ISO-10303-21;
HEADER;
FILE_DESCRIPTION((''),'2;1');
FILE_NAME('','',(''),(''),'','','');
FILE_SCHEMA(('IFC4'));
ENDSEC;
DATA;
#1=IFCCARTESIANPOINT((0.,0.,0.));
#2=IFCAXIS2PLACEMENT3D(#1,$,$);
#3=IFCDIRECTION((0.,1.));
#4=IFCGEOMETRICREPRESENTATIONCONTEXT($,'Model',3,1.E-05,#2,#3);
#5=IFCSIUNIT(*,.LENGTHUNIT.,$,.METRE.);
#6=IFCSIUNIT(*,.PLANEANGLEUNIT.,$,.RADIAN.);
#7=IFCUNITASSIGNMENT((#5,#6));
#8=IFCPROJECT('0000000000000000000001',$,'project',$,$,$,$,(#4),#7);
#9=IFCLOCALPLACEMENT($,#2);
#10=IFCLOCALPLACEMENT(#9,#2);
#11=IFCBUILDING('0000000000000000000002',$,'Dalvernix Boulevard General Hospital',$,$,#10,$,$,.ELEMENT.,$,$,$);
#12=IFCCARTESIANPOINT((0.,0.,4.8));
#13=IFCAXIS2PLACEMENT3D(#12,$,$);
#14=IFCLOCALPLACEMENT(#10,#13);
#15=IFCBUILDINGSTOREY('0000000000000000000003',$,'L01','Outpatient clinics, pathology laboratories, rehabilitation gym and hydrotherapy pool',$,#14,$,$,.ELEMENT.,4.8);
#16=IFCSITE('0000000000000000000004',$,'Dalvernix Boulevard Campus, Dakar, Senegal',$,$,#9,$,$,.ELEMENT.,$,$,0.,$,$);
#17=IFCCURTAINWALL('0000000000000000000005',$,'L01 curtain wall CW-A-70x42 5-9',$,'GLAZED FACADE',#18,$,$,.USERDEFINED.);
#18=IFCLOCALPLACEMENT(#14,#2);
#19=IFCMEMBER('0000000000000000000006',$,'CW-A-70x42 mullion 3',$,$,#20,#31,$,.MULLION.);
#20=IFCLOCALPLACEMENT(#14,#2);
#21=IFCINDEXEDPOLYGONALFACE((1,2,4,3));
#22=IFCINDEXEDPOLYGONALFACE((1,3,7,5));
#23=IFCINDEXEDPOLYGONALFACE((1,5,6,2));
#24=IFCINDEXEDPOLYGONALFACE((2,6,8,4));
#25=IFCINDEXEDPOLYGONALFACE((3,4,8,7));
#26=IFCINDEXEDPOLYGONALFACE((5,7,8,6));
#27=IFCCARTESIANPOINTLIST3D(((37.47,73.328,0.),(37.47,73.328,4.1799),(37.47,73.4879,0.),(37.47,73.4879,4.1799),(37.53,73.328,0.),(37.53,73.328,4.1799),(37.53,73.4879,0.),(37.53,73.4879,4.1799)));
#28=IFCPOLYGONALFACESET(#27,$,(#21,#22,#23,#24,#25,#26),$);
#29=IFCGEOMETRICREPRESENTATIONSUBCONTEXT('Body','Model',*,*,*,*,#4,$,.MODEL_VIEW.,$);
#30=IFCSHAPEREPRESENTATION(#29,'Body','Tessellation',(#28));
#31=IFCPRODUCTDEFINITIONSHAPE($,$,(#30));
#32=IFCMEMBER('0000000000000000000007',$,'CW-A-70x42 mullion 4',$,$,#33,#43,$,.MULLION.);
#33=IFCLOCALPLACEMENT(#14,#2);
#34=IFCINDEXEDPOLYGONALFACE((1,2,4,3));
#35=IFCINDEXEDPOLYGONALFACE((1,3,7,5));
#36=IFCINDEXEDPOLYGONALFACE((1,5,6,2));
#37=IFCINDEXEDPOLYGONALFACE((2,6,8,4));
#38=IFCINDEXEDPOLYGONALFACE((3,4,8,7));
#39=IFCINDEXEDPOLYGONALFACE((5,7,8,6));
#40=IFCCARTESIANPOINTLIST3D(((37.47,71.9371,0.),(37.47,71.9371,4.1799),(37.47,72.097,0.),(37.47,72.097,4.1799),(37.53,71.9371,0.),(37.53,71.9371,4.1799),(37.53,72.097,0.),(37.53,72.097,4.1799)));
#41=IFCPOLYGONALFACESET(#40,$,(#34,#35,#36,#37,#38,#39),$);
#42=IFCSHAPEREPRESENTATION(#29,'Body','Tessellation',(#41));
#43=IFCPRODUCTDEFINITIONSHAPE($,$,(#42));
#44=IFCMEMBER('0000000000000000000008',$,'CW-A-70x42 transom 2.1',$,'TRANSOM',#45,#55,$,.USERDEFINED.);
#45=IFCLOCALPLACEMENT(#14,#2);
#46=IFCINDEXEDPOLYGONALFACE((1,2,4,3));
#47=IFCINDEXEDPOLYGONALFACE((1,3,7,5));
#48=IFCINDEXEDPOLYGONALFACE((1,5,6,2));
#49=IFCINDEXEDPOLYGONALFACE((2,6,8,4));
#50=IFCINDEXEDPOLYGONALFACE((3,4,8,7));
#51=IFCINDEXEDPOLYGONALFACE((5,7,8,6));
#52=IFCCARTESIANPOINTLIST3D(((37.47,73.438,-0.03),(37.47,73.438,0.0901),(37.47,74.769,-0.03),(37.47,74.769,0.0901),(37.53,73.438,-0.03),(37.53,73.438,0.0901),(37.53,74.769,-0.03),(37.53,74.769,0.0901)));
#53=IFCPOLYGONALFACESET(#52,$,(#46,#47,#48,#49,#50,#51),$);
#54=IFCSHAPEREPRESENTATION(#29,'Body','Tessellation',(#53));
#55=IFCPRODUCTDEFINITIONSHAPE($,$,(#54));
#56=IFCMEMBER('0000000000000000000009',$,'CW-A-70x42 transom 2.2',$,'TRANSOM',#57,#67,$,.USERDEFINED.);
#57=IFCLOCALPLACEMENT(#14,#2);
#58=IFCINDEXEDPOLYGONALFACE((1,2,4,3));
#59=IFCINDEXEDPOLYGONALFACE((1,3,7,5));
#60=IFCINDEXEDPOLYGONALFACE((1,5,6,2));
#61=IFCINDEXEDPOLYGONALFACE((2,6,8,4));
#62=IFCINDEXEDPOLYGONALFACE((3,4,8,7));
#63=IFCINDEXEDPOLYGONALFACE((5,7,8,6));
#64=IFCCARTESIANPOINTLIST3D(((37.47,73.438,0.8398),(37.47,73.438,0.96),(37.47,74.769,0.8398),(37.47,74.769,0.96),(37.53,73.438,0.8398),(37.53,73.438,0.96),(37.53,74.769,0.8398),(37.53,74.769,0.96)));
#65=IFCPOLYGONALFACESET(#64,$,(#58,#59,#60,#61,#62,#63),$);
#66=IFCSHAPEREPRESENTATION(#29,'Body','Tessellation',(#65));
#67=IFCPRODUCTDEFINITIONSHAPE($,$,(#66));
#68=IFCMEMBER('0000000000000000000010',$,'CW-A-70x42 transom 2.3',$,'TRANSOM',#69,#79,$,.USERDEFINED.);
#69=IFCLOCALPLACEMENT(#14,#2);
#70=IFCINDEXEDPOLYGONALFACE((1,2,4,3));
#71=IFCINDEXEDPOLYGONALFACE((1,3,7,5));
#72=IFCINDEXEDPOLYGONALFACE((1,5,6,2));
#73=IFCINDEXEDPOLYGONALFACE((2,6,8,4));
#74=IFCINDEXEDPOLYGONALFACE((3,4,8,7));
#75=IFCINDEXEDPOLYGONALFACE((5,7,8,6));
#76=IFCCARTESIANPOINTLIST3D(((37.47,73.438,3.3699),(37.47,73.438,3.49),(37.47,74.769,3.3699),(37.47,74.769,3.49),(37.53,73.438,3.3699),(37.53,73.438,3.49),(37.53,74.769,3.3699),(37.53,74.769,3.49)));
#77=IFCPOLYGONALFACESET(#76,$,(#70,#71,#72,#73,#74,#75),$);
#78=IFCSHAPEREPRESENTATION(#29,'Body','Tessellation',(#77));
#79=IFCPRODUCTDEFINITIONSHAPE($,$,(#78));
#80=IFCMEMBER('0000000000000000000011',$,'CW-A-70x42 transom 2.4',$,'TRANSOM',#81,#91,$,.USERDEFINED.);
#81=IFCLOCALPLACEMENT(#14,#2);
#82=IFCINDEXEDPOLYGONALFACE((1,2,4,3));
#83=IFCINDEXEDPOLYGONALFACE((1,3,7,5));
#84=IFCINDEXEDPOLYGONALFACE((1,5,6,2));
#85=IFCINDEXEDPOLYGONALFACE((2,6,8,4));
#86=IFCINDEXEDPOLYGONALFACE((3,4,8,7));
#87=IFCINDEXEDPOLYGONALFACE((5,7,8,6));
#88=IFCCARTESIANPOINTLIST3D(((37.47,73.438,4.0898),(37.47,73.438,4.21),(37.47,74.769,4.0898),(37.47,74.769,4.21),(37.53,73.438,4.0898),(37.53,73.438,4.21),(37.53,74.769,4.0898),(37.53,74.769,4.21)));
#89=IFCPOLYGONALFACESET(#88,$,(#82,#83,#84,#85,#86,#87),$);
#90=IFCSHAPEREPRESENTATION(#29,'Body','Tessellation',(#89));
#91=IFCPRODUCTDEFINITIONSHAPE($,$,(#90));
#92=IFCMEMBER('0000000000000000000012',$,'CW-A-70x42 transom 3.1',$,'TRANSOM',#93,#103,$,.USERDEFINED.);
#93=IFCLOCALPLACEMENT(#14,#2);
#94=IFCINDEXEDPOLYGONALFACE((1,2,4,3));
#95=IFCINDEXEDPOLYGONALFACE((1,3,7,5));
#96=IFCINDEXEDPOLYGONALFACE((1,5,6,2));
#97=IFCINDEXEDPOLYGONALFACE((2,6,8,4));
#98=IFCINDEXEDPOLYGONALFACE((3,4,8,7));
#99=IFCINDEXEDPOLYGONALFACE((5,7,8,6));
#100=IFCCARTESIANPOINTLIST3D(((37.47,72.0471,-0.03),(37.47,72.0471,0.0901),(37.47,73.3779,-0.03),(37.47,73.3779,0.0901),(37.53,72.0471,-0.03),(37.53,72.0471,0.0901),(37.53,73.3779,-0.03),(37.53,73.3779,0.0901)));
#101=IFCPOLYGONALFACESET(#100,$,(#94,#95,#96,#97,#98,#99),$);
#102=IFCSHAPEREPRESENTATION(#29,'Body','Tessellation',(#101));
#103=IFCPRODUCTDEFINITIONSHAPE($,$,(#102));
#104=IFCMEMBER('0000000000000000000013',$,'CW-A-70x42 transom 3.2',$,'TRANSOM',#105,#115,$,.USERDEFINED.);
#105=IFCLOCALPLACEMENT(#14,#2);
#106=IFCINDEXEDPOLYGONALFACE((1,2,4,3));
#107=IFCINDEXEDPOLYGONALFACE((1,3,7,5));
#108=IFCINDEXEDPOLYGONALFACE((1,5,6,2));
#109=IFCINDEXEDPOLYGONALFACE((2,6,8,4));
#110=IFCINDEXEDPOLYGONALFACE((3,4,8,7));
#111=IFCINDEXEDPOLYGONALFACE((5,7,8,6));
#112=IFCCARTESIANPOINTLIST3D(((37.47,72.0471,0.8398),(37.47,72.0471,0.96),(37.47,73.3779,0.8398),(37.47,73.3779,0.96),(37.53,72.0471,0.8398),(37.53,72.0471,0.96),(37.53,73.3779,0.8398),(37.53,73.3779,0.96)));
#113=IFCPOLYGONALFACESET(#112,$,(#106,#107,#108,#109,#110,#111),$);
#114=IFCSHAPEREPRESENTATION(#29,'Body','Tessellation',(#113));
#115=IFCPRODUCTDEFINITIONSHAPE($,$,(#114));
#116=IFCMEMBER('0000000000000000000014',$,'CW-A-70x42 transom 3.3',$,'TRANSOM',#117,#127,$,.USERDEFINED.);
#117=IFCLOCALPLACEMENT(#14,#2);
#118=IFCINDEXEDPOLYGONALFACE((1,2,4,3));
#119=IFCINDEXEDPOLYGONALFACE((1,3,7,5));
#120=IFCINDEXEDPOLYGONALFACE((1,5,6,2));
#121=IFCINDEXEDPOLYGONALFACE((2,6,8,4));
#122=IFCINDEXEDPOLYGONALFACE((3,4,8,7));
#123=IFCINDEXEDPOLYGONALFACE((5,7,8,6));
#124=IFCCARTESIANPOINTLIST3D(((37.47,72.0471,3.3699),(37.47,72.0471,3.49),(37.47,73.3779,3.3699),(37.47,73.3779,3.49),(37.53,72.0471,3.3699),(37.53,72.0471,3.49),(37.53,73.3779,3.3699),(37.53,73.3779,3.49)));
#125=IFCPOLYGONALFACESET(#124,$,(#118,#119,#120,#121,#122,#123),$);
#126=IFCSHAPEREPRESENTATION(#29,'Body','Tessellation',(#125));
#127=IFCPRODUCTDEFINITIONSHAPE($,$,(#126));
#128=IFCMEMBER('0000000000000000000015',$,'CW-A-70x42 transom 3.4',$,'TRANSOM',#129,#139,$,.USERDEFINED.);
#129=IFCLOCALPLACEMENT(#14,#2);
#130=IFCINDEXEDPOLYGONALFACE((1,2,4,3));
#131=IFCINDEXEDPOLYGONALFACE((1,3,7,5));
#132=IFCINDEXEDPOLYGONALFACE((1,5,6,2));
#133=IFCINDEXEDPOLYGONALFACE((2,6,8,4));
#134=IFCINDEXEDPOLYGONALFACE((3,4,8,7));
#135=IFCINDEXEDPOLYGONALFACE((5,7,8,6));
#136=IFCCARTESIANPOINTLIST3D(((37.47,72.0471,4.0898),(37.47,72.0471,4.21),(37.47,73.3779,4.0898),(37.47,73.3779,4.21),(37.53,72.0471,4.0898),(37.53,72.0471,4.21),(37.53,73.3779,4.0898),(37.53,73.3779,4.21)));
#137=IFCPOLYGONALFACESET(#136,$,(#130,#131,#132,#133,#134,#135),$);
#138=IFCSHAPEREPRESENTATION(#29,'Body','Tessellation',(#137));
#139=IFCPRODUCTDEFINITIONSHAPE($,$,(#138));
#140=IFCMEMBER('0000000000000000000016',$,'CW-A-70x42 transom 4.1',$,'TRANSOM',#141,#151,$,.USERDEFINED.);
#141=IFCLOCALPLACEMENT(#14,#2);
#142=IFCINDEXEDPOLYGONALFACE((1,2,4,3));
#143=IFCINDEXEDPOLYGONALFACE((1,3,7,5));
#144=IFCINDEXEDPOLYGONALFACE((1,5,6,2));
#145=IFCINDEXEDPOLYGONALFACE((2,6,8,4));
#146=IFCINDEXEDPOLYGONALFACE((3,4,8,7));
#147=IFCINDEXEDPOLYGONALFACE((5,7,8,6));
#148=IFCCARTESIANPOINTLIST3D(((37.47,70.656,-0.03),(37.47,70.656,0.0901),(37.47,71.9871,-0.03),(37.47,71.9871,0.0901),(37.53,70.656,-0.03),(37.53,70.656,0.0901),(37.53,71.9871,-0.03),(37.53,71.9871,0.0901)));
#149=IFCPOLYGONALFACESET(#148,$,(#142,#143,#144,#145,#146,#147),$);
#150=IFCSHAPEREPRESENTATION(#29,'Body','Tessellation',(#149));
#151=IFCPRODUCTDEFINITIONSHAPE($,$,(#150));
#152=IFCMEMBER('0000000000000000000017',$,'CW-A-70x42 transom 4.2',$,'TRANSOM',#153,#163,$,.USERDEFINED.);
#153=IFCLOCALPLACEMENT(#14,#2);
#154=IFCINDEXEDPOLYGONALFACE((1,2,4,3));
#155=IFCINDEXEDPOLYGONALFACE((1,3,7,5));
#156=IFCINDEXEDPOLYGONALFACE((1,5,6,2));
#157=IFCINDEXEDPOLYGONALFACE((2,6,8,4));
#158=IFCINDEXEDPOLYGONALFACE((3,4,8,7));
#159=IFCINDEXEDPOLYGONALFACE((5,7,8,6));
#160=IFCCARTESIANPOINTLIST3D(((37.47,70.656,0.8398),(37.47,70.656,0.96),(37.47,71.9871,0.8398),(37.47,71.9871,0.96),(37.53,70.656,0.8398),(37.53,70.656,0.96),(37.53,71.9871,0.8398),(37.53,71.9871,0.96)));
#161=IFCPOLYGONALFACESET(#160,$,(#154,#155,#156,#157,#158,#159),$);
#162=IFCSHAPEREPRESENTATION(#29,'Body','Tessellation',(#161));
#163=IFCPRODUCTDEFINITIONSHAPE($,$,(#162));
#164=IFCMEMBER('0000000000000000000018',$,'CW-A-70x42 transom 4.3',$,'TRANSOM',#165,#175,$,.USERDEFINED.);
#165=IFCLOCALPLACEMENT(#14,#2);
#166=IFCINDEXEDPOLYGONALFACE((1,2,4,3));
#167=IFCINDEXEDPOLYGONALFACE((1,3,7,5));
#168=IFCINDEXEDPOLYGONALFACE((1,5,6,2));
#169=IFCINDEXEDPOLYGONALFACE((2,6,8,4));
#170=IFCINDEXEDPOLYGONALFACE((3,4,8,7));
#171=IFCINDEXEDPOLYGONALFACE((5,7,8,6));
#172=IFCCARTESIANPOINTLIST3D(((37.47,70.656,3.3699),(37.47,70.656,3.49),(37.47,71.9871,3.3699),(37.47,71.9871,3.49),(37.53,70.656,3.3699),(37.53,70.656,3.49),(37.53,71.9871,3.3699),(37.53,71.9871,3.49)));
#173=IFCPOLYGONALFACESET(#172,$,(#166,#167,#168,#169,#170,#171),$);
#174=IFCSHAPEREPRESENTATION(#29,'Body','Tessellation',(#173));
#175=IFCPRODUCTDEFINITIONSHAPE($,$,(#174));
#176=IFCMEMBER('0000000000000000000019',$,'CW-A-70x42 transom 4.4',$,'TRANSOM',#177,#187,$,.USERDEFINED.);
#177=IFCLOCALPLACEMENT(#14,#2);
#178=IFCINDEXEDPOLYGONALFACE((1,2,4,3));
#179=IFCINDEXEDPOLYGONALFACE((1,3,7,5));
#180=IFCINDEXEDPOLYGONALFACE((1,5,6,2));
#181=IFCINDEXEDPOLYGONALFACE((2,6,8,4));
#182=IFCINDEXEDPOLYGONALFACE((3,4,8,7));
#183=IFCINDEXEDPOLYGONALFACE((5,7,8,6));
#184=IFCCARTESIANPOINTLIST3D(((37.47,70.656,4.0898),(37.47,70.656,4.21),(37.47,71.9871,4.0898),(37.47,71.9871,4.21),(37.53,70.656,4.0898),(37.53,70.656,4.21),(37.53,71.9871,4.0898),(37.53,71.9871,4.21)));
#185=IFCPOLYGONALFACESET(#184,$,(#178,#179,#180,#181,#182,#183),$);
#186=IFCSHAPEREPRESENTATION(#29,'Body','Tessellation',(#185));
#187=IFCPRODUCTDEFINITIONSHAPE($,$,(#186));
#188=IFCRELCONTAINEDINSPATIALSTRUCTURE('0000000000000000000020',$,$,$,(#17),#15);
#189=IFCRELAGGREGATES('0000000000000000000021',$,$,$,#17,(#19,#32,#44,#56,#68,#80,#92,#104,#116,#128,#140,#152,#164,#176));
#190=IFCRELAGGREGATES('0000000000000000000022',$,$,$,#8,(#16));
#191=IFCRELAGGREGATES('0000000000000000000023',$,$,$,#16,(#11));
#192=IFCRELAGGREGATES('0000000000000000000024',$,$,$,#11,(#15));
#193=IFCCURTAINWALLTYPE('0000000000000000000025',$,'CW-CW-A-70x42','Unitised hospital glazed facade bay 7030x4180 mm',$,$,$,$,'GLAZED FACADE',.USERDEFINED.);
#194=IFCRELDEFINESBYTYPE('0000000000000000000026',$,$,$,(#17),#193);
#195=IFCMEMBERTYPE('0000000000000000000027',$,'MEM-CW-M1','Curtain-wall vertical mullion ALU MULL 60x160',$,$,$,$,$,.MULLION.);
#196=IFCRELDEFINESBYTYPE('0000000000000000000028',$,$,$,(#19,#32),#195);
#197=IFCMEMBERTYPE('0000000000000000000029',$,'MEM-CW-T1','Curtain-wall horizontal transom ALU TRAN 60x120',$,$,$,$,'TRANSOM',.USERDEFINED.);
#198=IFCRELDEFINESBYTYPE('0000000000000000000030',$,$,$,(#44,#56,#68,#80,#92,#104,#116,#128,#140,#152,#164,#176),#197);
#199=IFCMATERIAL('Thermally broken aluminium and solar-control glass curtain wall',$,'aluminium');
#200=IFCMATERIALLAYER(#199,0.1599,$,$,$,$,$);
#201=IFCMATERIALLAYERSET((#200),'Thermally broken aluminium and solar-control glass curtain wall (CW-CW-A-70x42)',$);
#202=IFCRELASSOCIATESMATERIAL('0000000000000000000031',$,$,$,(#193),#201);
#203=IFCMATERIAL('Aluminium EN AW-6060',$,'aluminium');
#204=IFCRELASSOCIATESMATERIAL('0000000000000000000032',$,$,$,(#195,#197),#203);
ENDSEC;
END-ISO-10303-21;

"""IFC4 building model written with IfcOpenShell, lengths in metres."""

from ifc_helpers import new_model, si_unit, direction, frame, origin, origin_2d, place, context, subcontext, project, spatial, rectangle, extrude, material, layer, layer_set, material_profile, profile_set, type_object, element, aggregate, save


model = new_model("IFC4")

# Units and contexts
model_context = context("Model", 3, precision=1e-05, world=origin(), true_north=direction((0.0, 1.0)))
body_context = subcontext(model_context, "Body", "Model", "MODEL_VIEW")
ifc_project = project(units=[si_unit("LENGTHUNIT", "METRE"), si_unit("PLANEANGLEUNIT", "RADIAN")], contexts=[model_context])

# Site, building, storey
site_placement = place(None, origin())
site = spatial("IfcSite", under=ifc_project, at=site_placement, Name="Dalvernix Boulevard Campus, Dakar, Senegal", CompositionType="ELEMENT", RefElevation=0.0)
building_placement = place(site_placement, origin())
building = spatial("IfcBuilding", under=site, at=building_placement, Name="Dalvernix Boulevard General Hospital", CompositionType="ELEMENT")
storey_placement = place(building_placement, frame((0.0, 0.0, 4.8)))
storey = spatial("IfcBuildingStorey", under=building, at=storey_placement, Name="L01", Description="Outpatient clinics, pathology laboratories, rehabilitation gym and hydrotherapy pool", CompositionType="ELEMENT", Elevation=4.8)

# Curtain wall, members
ifc_material_1 = material(Name="Thermally broken aluminium and solar-control glass curtain wall", Category="aluminium")
ifc_layer_1 = layer(ifc_material_1, 0.1599)
ifc_layer_set_1 = layer_set([ifc_layer_1], Name="Thermally broken aluminium and solar-control glass curtain wall (CW-CW-A-70x42)")
curtain_wall_type = type_object("IfcCurtainWallType", Name="CW-CW-A-70x42", Description="Unitised hospital glazed facade bay 7030x4180 mm", ElementType="GLAZED FACADE", PredefinedType="USERDEFINED", material=ifc_layer_set_1)
curtain_wall_placement = place(storey_placement, origin())
curtain_wall = element("IfcCurtainWall", 1, at=curtain_wall_placement, inside=storey, type_object=curtain_wall_type, Name="L01 curtain wall CW-A-70x42 5-9", ObjectType="GLAZED FACADE", PredefinedType="USERDEFINED")
ifc_material_2 = material(Name="Aluminium EN AW-6060", Category="aluminium")
ifc_material_profile_1 = material_profile(ifc_material_2, rectangle(XDim=0.0601, YDim=0.1599, at=origin_2d()), Name="ALU MULL 60x160")
ifc_profile_set_1 = profile_set([ifc_material_profile_1], Name="Aluminium EN AW-6060")
member_type_1 = type_object("IfcMemberType", Name="MEM-CW-M1", Description="Curtain-wall vertical mullion ALU MULL 60x160", PredefinedType="MULLION", material=ifc_profile_set_1)
member_1_placement = place(storey_placement, frame((37.5, 73.408, 0.0), z_axis=(0.0, 0.0, 1.0), x_axis=(1.0, 0.0, 0.0)))
member_1 = element("IfcMember", 2, at=member_1_placement, type_object=member_type_1, Name="CW-A-70x42 mullion 3", PredefinedType="MULLION", context=body_context, shape_type="SweptSolid", body=[
    extrude(rectangle(XDim=0.0601, YDim=0.1599, at=origin_2d()), origin(), (0.0, 0.0, 1.0), 4.1799),
])
member_2_placement = place(storey_placement, frame((37.5, 72.0171, 0.0), z_axis=(0.0, 0.0, 1.0), x_axis=(1.0, 0.0, 0.0)))
member_2 = element("IfcMember", 3, at=member_2_placement, type_object=member_type_1, Name="CW-A-70x42 mullion 4", PredefinedType="MULLION", context=body_context, shape_type="SweptSolid", body=[
    extrude(rectangle(XDim=0.0601, YDim=0.1599, at=origin_2d()), origin(), (0.0, 0.0, 1.0), 4.1799),
])
ifc_material_profile_2 = material_profile(ifc_material_2, rectangle(XDim=0.0601, YDim=0.1201, at=origin_2d()), Name="ALU TRAN 60x120")
ifc_profile_set_2 = profile_set([ifc_material_profile_2], Name="Aluminium EN AW-6060")
member_type_2 = type_object("IfcMemberType", Name="MEM-CW-T1", Description="Curtain-wall horizontal transom ALU TRAN 60x120", ElementType="TRANSOM", PredefinedType="USERDEFINED", material=ifc_profile_set_2)
member_3_placement = place(storey_placement, frame((37.5, 74.769, 0.03), z_axis=(0.0, -1.0, 0.0), x_axis=(1.0, 0.0, 0.0)))
member_3 = element("IfcMember", 4, at=member_3_placement, type_object=member_type_2, Name="CW-A-70x42 transom 2.1", ObjectType="TRANSOM", PredefinedType="USERDEFINED", context=body_context, shape_type="SweptSolid", body=[
    extrude(rectangle(XDim=0.0601, YDim=0.1201, at=origin_2d()), origin(), (0.0, 0.0, 1.0), 1.3311),
])
member_4_placement = place(storey_placement, frame((37.5, 74.769, 0.8999), z_axis=(0.0, -1.0, 0.0), x_axis=(1.0, 0.0, 0.0)))
member_4 = element("IfcMember", 5, at=member_4_placement, type_object=member_type_2, Name="CW-A-70x42 transom 2.2", ObjectType="TRANSOM", PredefinedType="USERDEFINED", context=body_context, shape_type="SweptSolid", body=[
    extrude(rectangle(XDim=0.0601, YDim=0.1201, at=origin_2d()), origin(), (0.0, 0.0, 1.0), 1.3311),
])
member_5_placement = place(storey_placement, frame((37.5, 74.769, 3.4299), z_axis=(0.0, -1.0, 0.0), x_axis=(1.0, 0.0, 0.0)))
member_5 = element("IfcMember", 6, at=member_5_placement, type_object=member_type_2, Name="CW-A-70x42 transom 2.3", ObjectType="TRANSOM", PredefinedType="USERDEFINED", context=body_context, shape_type="SweptSolid", body=[
    extrude(rectangle(XDim=0.0601, YDim=0.1201, at=origin_2d()), origin(), (0.0, 0.0, 1.0), 1.3311),
])
member_6_placement = place(storey_placement, frame((37.5, 74.769, 4.1499), z_axis=(0.0, -1.0, 0.0), x_axis=(1.0, 0.0, 0.0)))
member_6 = element("IfcMember", 7, at=member_6_placement, type_object=member_type_2, Name="CW-A-70x42 transom 2.4", ObjectType="TRANSOM", PredefinedType="USERDEFINED", context=body_context, shape_type="SweptSolid", body=[
    extrude(rectangle(XDim=0.0601, YDim=0.1201, at=origin_2d()), origin(), (0.0, 0.0, 1.0), 1.3311),
])
member_7_placement = place(storey_placement, frame((37.5, 73.3779, 0.03), z_axis=(0.0, -1.0, 0.0), x_axis=(1.0, 0.0, 0.0)))
member_7 = element("IfcMember", 8, at=member_7_placement, type_object=member_type_2, Name="CW-A-70x42 transom 3.1", ObjectType="TRANSOM", PredefinedType="USERDEFINED", context=body_context, shape_type="SweptSolid", body=[
    extrude(rectangle(XDim=0.0601, YDim=0.1201, at=origin_2d()), origin(), (0.0, 0.0, 1.0), 1.3308),
])
member_8_placement = place(storey_placement, frame((37.5, 73.3779, 0.8999), z_axis=(0.0, -1.0, 0.0), x_axis=(1.0, 0.0, 0.0)))
member_8 = element("IfcMember", 9, at=member_8_placement, type_object=member_type_2, Name="CW-A-70x42 transom 3.2", ObjectType="TRANSOM", PredefinedType="USERDEFINED", context=body_context, shape_type="SweptSolid", body=[
    extrude(rectangle(XDim=0.0601, YDim=0.1201, at=origin_2d()), origin(), (0.0, 0.0, 1.0), 1.3308),
])
member_9_placement = place(storey_placement, frame((37.5, 73.3779, 3.4299), z_axis=(0.0, -1.0, 0.0), x_axis=(1.0, 0.0, 0.0)))
member_9 = element("IfcMember", 10, at=member_9_placement, type_object=member_type_2, Name="CW-A-70x42 transom 3.3", ObjectType="TRANSOM", PredefinedType="USERDEFINED", context=body_context, shape_type="SweptSolid", body=[
    extrude(rectangle(XDim=0.0601, YDim=0.1201, at=origin_2d()), origin(), (0.0, 0.0, 1.0), 1.3308),
])
member_10_placement = place(storey_placement, frame((37.5, 73.3779, 4.1499), z_axis=(0.0, -1.0, 0.0), x_axis=(1.0, 0.0, 0.0)))
member_10 = element("IfcMember", 11, at=member_10_placement, type_object=member_type_2, Name="CW-A-70x42 transom 3.4", ObjectType="TRANSOM", PredefinedType="USERDEFINED", context=body_context, shape_type="SweptSolid", body=[
    extrude(rectangle(XDim=0.0601, YDim=0.1201, at=origin_2d()), origin(), (0.0, 0.0, 1.0), 1.3308),
])
member_11_placement = place(storey_placement, frame((37.5, 71.9871, 0.03), z_axis=(0.0, -1.0, 0.0), x_axis=(1.0, 0.0, 0.0)))
member_11 = element("IfcMember", 12, at=member_11_placement, type_object=member_type_2, Name="CW-A-70x42 transom 4.1", ObjectType="TRANSOM", PredefinedType="USERDEFINED", context=body_context, shape_type="SweptSolid", body=[
    extrude(rectangle(XDim=0.0601, YDim=0.1201, at=origin_2d()), origin(), (0.0, 0.0, 1.0), 1.3311),
])
member_12_placement = place(storey_placement, frame((37.5, 71.9871, 0.8999), z_axis=(0.0, -1.0, 0.0), x_axis=(1.0, 0.0, 0.0)))
member_12 = element("IfcMember", 13, at=member_12_placement, type_object=member_type_2, Name="CW-A-70x42 transom 4.2", ObjectType="TRANSOM", PredefinedType="USERDEFINED", context=body_context, shape_type="SweptSolid", body=[
    extrude(rectangle(XDim=0.0601, YDim=0.1201, at=origin_2d()), origin(), (0.0, 0.0, 1.0), 1.3311),
])
member_13_placement = place(storey_placement, frame((37.5, 71.9871, 3.4299), z_axis=(0.0, -1.0, 0.0), x_axis=(1.0, 0.0, 0.0)))
member_13 = element("IfcMember", 14, at=member_13_placement, type_object=member_type_2, Name="CW-A-70x42 transom 4.3", ObjectType="TRANSOM", PredefinedType="USERDEFINED", context=body_context, shape_type="SweptSolid", body=[
    extrude(rectangle(XDim=0.0601, YDim=0.1201, at=origin_2d()), origin(), (0.0, 0.0, 1.0), 1.3311),
])
member_14_placement = place(storey_placement, frame((37.5, 71.9871, 4.1499), z_axis=(0.0, -1.0, 0.0), x_axis=(1.0, 0.0, 0.0)))
member_14 = element("IfcMember", 15, at=member_14_placement, type_object=member_type_2, Name="CW-A-70x42 transom 4.4", ObjectType="TRANSOM", PredefinedType="USERDEFINED", context=body_context, shape_type="SweptSolid", body=[
    extrude(rectangle(XDim=0.0601, YDim=0.1201, at=origin_2d()), origin(), (0.0, 0.0, 1.0), 1.3311),
])
aggregate(curtain_wall, [member_1, member_2, member_3, member_4, member_5, member_6, member_7, member_8, member_9, member_10, member_11, member_12, member_13, member_14])

save(model, "model.ifc")
